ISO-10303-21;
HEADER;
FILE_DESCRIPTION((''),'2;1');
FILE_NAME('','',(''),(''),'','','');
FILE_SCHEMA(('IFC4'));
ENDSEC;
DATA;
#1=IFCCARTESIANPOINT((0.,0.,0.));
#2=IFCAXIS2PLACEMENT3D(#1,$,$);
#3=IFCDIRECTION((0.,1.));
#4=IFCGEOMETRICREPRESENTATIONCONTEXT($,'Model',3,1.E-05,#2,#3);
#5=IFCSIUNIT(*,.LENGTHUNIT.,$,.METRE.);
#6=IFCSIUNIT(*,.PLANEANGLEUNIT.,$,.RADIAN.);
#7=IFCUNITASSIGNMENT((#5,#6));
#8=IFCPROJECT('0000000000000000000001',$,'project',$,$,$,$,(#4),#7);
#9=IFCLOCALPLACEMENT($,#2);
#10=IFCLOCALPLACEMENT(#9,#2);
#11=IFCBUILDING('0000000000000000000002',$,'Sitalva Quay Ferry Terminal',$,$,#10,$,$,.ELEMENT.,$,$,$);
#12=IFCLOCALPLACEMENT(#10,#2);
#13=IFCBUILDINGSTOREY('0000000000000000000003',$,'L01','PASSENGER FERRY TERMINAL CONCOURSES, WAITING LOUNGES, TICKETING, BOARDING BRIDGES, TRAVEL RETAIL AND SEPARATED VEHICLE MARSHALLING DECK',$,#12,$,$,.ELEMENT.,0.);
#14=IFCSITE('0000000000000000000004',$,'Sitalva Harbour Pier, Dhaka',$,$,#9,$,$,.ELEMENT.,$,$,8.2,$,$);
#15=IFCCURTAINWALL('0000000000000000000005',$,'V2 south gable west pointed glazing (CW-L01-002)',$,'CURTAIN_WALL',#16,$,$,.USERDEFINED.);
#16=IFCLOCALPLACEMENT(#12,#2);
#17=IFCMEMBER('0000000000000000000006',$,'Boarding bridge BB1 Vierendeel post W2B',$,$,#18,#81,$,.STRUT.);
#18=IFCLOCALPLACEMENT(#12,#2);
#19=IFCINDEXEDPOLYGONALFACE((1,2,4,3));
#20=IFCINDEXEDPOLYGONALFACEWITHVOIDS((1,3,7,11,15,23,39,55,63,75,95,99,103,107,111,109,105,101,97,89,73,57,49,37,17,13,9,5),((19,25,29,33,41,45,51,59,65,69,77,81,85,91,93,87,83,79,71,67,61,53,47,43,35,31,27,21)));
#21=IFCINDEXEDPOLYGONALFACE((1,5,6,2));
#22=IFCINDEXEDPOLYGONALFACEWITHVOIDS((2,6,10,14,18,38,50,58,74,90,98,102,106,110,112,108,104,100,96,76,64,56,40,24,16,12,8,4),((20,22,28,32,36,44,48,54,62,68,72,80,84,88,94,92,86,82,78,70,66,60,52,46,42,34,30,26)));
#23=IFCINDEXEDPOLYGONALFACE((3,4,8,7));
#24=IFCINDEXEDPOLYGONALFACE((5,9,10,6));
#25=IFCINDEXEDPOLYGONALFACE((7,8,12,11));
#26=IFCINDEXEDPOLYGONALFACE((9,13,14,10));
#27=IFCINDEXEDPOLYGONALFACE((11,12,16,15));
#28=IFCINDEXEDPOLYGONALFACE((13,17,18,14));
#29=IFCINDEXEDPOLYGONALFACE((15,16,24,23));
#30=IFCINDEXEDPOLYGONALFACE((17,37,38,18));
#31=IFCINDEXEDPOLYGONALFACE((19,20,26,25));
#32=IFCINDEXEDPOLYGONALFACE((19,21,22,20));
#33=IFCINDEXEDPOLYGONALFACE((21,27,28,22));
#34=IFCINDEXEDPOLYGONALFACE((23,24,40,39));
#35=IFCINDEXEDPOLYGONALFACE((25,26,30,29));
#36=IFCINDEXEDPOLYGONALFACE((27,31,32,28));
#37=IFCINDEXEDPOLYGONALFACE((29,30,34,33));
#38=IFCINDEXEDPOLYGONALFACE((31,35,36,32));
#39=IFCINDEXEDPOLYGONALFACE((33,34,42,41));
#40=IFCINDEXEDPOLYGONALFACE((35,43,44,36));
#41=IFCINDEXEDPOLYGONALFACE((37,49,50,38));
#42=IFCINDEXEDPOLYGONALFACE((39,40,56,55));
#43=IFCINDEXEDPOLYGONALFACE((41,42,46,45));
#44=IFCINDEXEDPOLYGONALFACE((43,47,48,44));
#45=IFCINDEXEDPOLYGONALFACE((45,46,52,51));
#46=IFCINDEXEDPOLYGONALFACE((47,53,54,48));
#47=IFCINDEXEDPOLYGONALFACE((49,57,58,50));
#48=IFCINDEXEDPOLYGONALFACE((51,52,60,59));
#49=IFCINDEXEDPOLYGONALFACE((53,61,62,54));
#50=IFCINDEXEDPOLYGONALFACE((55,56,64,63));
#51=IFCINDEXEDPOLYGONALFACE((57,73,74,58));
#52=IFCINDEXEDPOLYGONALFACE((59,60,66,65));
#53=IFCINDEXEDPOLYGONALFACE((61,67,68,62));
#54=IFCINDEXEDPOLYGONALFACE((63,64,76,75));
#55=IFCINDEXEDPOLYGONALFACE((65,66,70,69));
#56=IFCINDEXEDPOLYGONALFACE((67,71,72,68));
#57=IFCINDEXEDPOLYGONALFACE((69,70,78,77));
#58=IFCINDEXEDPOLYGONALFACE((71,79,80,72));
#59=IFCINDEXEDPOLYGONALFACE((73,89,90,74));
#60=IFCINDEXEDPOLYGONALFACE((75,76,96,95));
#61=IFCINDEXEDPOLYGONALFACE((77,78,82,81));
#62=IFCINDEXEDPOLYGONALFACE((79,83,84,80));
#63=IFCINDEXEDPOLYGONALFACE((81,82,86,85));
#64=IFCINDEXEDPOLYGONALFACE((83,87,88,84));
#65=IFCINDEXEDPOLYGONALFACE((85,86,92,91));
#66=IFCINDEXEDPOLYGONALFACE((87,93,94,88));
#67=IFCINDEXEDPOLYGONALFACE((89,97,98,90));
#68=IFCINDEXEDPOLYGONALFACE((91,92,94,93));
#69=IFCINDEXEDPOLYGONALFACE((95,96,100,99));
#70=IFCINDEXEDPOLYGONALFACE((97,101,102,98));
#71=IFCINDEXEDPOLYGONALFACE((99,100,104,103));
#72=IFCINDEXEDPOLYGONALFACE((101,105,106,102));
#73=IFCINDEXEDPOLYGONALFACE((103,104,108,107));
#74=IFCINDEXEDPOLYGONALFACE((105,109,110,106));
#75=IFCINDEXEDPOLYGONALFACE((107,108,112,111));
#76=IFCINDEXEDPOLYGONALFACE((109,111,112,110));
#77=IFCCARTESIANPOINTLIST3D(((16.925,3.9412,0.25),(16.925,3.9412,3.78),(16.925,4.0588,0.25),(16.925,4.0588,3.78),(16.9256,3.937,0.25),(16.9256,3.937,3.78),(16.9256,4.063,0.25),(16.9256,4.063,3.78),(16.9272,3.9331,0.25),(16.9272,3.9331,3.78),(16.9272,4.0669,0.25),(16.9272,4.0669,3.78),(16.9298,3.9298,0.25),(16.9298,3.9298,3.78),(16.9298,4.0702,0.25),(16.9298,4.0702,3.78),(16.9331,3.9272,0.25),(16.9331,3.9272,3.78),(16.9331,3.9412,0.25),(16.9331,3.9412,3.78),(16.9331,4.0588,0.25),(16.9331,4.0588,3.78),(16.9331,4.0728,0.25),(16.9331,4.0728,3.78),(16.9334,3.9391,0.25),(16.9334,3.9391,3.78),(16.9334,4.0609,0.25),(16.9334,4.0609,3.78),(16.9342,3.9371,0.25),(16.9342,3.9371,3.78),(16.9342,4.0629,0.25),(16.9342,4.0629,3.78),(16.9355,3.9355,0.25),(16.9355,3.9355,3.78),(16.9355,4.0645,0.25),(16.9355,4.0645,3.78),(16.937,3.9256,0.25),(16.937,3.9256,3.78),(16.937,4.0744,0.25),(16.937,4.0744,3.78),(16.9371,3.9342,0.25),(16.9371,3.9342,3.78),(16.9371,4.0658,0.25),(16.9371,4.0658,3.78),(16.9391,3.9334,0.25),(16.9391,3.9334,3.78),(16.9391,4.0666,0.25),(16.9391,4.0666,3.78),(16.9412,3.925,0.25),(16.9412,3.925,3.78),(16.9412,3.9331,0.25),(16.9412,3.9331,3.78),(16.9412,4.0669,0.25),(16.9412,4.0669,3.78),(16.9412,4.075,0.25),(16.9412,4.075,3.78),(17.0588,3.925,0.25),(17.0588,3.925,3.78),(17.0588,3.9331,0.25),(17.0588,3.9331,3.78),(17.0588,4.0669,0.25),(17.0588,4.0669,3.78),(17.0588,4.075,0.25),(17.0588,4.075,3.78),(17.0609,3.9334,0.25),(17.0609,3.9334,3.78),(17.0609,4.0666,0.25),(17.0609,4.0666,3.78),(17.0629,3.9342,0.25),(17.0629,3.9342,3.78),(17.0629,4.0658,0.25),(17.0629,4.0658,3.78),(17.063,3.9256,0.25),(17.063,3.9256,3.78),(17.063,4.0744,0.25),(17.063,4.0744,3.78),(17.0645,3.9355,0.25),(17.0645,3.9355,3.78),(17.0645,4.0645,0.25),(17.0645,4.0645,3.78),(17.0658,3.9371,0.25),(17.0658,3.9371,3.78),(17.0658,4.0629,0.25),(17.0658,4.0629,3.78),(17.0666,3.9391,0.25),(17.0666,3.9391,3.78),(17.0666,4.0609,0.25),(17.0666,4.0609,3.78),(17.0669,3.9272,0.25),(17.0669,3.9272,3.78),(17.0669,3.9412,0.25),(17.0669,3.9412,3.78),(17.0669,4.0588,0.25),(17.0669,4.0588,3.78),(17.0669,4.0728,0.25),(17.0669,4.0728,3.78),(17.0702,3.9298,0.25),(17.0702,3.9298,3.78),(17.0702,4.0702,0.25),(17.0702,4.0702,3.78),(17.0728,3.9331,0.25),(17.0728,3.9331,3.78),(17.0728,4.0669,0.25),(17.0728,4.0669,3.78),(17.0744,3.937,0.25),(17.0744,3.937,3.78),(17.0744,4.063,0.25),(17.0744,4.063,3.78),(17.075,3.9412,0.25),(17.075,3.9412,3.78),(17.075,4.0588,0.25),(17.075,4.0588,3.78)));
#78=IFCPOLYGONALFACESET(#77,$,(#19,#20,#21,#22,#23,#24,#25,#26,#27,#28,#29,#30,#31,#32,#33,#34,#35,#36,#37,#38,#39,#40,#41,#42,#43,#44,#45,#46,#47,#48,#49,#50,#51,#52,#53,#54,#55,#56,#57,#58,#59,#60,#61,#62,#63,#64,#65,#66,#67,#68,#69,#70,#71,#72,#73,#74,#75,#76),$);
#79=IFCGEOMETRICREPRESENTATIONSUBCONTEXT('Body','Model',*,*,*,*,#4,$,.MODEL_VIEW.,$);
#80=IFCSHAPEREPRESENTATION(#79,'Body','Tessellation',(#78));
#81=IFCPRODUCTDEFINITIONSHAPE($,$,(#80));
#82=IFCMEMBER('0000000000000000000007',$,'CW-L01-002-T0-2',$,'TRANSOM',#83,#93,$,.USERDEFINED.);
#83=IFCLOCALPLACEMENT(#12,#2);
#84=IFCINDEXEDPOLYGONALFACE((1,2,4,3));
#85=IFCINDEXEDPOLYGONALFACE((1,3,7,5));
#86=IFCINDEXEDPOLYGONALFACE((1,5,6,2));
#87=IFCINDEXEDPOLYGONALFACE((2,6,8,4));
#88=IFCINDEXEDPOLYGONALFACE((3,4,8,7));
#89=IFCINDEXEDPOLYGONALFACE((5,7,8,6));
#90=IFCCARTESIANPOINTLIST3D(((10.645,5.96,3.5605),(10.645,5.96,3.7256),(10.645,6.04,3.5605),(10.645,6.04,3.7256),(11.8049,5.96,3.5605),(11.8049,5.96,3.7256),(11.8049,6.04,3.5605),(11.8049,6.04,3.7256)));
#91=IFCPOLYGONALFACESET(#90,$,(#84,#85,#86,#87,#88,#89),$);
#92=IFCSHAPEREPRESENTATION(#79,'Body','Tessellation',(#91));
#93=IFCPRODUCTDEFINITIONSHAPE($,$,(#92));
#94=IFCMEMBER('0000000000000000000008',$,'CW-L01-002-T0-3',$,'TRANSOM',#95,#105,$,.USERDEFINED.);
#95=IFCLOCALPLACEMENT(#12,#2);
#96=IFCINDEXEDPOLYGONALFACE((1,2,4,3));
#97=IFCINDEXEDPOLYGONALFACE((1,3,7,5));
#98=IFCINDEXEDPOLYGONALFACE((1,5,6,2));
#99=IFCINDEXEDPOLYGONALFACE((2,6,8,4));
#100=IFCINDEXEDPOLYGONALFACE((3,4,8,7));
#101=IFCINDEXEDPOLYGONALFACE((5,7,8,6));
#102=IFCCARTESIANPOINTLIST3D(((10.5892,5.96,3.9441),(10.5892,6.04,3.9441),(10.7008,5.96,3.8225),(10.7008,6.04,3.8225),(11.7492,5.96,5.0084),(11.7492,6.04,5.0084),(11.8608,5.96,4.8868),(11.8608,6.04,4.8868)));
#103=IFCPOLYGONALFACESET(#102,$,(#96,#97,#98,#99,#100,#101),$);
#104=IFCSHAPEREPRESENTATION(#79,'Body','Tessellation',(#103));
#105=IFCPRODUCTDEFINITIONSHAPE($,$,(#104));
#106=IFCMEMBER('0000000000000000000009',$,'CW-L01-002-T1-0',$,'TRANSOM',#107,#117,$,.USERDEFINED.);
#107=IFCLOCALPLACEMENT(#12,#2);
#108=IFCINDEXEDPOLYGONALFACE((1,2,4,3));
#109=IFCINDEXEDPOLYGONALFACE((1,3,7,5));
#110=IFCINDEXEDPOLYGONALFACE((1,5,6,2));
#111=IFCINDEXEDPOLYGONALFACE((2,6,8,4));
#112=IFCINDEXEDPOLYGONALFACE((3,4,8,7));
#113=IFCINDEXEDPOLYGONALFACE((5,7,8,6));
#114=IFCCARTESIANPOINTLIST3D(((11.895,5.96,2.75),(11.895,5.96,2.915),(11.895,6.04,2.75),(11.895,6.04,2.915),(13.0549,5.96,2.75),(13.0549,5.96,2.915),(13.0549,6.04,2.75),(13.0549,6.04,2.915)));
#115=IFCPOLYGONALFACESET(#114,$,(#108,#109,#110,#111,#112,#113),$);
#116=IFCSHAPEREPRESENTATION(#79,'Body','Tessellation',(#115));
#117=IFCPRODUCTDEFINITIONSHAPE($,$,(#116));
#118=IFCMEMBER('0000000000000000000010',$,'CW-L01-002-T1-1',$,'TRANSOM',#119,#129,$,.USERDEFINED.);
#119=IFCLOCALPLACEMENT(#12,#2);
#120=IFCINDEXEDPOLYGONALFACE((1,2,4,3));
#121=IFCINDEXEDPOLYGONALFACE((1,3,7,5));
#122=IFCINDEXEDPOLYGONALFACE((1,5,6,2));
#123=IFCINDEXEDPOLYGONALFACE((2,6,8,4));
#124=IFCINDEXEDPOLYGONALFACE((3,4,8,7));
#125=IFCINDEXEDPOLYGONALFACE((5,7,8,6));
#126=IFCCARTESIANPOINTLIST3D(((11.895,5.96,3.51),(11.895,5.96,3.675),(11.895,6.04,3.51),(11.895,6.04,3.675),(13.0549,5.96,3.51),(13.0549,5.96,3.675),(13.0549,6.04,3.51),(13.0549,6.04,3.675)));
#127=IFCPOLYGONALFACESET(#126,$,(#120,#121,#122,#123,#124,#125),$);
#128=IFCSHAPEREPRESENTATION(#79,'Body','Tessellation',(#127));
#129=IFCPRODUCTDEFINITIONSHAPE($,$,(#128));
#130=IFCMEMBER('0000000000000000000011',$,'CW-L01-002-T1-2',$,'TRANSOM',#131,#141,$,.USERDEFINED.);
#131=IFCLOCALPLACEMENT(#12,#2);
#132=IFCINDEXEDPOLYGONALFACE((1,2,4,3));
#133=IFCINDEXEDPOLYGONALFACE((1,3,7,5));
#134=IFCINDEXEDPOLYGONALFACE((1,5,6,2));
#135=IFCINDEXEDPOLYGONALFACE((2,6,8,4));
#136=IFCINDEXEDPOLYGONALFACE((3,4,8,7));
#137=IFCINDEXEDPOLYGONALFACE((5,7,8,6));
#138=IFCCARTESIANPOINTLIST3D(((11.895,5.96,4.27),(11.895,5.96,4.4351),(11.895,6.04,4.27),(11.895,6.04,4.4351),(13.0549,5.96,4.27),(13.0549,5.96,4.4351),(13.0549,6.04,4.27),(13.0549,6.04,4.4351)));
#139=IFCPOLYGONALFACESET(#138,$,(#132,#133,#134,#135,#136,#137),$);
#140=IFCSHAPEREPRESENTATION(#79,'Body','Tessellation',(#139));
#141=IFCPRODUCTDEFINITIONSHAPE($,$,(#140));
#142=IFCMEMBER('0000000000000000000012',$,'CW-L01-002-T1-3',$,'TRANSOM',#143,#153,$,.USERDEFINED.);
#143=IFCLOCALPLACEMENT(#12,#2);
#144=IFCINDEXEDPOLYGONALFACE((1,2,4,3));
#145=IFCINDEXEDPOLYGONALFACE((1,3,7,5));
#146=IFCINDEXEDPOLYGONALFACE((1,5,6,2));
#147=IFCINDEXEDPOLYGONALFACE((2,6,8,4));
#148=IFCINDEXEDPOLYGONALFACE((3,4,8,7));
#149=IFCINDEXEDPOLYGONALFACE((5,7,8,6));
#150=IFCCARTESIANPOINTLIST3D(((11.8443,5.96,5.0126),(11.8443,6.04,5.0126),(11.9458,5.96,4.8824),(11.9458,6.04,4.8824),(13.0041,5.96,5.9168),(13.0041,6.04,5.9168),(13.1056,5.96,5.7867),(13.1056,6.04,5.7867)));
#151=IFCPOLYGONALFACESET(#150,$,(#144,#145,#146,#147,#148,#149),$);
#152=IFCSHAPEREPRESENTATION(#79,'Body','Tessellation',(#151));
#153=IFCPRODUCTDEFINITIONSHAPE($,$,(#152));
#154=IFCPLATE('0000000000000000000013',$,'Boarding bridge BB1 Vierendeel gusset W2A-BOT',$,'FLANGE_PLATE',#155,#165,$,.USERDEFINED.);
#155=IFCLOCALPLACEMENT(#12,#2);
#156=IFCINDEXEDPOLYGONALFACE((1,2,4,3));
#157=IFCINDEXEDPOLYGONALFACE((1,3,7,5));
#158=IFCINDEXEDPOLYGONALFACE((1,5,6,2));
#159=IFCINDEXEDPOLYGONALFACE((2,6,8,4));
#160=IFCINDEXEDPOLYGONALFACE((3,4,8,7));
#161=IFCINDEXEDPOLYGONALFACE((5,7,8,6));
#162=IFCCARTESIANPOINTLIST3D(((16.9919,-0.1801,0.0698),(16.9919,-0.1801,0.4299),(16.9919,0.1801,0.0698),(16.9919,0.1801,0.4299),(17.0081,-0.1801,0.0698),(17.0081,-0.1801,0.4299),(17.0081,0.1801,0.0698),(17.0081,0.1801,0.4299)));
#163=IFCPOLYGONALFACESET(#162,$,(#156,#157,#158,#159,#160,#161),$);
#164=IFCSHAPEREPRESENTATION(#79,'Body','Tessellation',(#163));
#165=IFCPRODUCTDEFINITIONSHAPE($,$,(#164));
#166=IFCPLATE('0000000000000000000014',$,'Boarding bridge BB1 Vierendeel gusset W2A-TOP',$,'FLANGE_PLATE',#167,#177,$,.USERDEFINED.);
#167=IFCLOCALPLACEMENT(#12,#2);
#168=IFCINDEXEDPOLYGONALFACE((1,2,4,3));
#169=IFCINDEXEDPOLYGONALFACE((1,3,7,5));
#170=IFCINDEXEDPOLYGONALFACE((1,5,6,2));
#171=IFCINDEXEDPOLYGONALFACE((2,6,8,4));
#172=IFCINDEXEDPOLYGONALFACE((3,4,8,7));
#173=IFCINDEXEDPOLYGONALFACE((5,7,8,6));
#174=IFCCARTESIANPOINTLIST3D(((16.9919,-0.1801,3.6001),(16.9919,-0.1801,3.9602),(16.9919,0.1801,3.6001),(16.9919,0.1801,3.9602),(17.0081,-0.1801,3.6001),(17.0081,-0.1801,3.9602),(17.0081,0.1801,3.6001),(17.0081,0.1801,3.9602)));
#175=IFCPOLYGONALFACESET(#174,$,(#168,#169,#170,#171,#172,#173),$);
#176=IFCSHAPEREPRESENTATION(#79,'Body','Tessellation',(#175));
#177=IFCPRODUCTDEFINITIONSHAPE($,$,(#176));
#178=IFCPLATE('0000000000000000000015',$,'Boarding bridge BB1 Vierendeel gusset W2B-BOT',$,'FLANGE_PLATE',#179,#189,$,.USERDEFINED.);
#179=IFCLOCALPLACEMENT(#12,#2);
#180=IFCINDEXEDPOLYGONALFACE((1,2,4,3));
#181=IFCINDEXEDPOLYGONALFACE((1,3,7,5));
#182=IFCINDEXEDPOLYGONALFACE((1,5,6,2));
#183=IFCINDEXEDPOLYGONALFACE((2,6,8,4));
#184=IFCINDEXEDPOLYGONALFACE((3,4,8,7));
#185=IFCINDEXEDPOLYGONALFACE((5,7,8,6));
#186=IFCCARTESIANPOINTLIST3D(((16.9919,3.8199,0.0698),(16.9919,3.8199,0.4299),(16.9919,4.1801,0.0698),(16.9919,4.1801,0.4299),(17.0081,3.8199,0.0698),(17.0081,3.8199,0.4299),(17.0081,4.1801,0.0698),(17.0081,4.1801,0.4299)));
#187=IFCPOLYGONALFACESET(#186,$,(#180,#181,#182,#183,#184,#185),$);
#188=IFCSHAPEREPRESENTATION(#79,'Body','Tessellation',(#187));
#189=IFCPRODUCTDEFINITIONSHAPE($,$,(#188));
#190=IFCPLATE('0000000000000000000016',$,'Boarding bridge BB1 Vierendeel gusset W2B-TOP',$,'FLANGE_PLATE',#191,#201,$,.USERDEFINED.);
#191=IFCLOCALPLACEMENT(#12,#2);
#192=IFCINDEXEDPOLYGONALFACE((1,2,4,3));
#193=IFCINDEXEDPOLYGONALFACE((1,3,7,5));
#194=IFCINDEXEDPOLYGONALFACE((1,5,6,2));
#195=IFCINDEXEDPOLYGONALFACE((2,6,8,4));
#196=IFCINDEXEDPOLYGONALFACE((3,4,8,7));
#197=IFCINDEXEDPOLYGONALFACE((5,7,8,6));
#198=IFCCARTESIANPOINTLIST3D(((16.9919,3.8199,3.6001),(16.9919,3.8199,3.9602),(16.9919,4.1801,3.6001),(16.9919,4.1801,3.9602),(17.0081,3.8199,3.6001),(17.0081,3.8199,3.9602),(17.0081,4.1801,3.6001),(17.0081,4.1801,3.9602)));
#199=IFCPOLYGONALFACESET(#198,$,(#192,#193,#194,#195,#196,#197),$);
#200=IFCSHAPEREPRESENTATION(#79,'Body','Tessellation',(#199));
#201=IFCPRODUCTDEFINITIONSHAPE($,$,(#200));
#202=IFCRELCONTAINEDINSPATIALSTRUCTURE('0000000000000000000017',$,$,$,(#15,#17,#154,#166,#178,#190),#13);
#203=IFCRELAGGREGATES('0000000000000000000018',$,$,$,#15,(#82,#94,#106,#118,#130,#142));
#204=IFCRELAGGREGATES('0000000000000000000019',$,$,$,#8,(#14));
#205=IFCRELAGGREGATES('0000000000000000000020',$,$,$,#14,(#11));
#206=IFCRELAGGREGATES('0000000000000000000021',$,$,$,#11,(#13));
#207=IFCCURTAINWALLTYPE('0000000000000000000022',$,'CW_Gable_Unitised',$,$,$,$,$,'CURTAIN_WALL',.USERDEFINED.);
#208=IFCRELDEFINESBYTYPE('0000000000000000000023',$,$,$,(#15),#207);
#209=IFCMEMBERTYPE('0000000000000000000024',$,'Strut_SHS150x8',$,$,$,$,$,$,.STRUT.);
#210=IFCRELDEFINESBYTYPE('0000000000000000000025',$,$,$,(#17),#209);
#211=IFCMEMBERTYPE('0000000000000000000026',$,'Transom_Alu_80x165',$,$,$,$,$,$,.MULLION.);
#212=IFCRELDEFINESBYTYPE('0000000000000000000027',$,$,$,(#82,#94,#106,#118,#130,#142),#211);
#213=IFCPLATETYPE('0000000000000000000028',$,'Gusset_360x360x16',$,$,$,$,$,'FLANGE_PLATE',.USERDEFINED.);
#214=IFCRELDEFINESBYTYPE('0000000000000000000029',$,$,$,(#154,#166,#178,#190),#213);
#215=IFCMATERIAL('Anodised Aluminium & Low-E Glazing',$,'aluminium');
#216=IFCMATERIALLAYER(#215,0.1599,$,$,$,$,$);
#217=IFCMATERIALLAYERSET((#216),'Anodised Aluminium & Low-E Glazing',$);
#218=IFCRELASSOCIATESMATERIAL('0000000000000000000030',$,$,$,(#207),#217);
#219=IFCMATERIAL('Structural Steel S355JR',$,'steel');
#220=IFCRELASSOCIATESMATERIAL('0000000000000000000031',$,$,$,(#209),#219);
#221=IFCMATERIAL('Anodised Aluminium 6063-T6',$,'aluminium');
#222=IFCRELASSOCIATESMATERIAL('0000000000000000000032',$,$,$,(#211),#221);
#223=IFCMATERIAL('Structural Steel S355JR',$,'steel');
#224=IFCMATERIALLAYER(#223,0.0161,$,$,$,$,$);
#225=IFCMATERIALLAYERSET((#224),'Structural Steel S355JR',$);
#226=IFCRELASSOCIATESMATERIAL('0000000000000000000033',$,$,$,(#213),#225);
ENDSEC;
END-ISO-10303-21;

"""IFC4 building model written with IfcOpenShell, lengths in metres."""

from ifc_helpers import new_model, si_unit, direction, frame, origin, origin_2d, place, context, subcontext, project, spatial, rectangle, hollow_rectangle, extrude, material, layer, layer_set, material_profile, profile_set, type_object, element, aggregate, save


model = new_model("IFC4")

# Units and contexts
model_context = context("Model", 3, precision=1e-05, world=origin(), true_north=direction((0.0, 1.0)))
body_context = subcontext(model_context, "Body", "Model", "MODEL_VIEW")
ifc_project = project(units=[si_unit("LENGTHUNIT", "METRE"), si_unit("PLANEANGLEUNIT", "RADIAN")], contexts=[model_context])

# Site, building, storey
site_placement = place(None, origin())
site = spatial("IfcSite", under=ifc_project, at=site_placement, Name="Sitalva Harbour Pier, Dhaka", CompositionType="ELEMENT", RefElevation=8.2)
building_placement = place(site_placement, origin())
building = spatial("IfcBuilding", under=site, at=building_placement, Name="Sitalva Quay Ferry Terminal", CompositionType="ELEMENT")
storey_placement = place(building_placement, origin())
storey = spatial("IfcBuildingStorey", under=building, at=storey_placement, Name="L01", Description="PASSENGER FERRY TERMINAL CONCOURSES, WAITING LOUNGES, TICKETING, BOARDING BRIDGES, TRAVEL RETAIL AND SEPARATED VEHICLE MARSHALLING DECK", CompositionType="ELEMENT", Elevation=0.0)

# Curtain wall
ifc_material_1 = material(Name="Anodised Aluminium & Low-E Glazing", Category="aluminium")
ifc_layer_1 = layer(ifc_material_1, 0.1599)
ifc_layer_set_1 = layer_set([ifc_layer_1], Name="Anodised Aluminium & Low-E Glazing")
curtain_wall_type = type_object("IfcCurtainWallType", Name="CW_Gable_Unitised", ElementType="CURTAIN_WALL", PredefinedType="USERDEFINED", material=ifc_layer_set_1)
curtain_wall_placement = place(storey_placement, origin())
curtain_wall = element("IfcCurtainWall", 1, at=curtain_wall_placement, inside=storey, type_object=curtain_wall_type, Name="V2 south gable west pointed glazing (CW-L01-002)", ObjectType="CURTAIN_WALL", PredefinedType="USERDEFINED")

# Member
ifc_material_2 = material(Name="Structural Steel S355JR", Category="steel")
ifc_material_profile_1 = material_profile(ifc_material_2, hollow_rectangle(XDim=0.1499, YDim=0.1499, WallThickness=0.0081, InnerFilletRadius=0.0081, OuterFilletRadius=0.0161, at=origin_2d()), Name="SHS150x150x8")
ifc_profile_set_1 = profile_set([ifc_material_profile_1], Name="Structural Steel S355JR")
member_type_1 = type_object("IfcMemberType", Name="Strut_SHS150x8", PredefinedType="STRUT", material=ifc_profile_set_1)
for number, where, z_axis, x_axis, name in (
    (2, (17.0, 4.0, 0.25), (0.0, 0.0, 1.0), (1.0, 0.0, 0.0), "Boarding bridge BB1 Vierendeel post W2B"),
):
    element("IfcMember", number, at=place(storey_placement, frame(where, z_axis=z_axis, x_axis=x_axis)), inside=storey, type_object=member_type_1, Name=name, PredefinedType="STRUT", context=body_context, shape_type="SweptSolid", body=[
        extrude(hollow_rectangle(XDim=0.1499, YDim=0.1499, WallThickness=0.0081, InnerFilletRadius=0.0081, OuterFilletRadius=0.0161, at=origin_2d()), origin(), (0.0, 0.0, 1.0), 3.53),
    ])

# Members
ifc_material_3 = material(Name="Anodised Aluminium 6063-T6", Category="aluminium")
ifc_material_profile_2 = material_profile(ifc_material_3, rectangle(XDim=0.0801, YDim=0.165, at=origin_2d()), Name="ALU80x165")
ifc_profile_set_2 = profile_set([ifc_material_profile_2], Name="Anodised Aluminium 6063-T6")
member_type_2 = type_object("IfcMemberType", Name="Transom_Alu_80x165", PredefinedType="MULLION", material=ifc_profile_set_2)
member_1_placement = place(storey_placement, frame((10.645, 6.0, 3.6431), z_axis=(1.0, 0.0, 0.0), x_axis=(0.0, 1.0, 0.0)))
member_1 = element("IfcMember", 3, at=member_1_placement, type_object=member_type_2, Name="CW-L01-002-T0-2", ObjectType="TRANSOM", PredefinedType="USERDEFINED", context=body_context, shape_type="SweptSolid", body=[
    extrude(rectangle(XDim=0.0801, YDim=0.165, at=origin_2d()), origin(), (0.0, 0.0, 1.0), 1.1599),
])
member_2_placement = place(storey_placement, frame((10.645, 6.0, 3.8833), z_axis=(0.736851, 0.0, 0.676055), x_axis=(0.0, 1.0, 0.0)))
member_2 = element("IfcMember", 4, at=member_2_placement, type_object=member_type_2, Name="CW-L01-002-T0-3", ObjectType="TRANSOM", PredefinedType="USERDEFINED", context=body_context, shape_type="SweptSolid", body=[
    extrude(rectangle(XDim=0.0801, YDim=0.165, at=origin_2d()), origin(), (0.0, 0.0, 1.0), 1.5742),
])
member_3_placement = place(storey_placement, frame((11.895, 6.0, 2.8325), z_axis=(1.0, 0.0, 0.0), x_axis=(0.0, 1.0, 0.0)))
member_3 = element("IfcMember", 5, at=member_3_placement, type_object=member_type_2, Name="CW-L01-002-T1-0", ObjectType="TRANSOM", PredefinedType="USERDEFINED", context=body_context, shape_type="SweptSolid", body=[
    extrude(rectangle(XDim=0.0801, YDim=0.165, at=origin_2d()), origin(), (0.0, 0.0, 1.0), 1.1599),
])
member_4_placement = place(storey_placement, frame((11.895, 6.0, 3.5925), z_axis=(1.0, 0.0, 0.0), x_axis=(0.0, 1.0, 0.0)))
member_4 = element("IfcMember", 6, at=member_4_placement, type_object=member_type_2, Name="CW-L01-002-T1-1", ObjectType="TRANSOM", PredefinedType="USERDEFINED", context=body_context, shape_type="SweptSolid", body=[
    extrude(rectangle(XDim=0.0801, YDim=0.165, at=origin_2d()), origin(), (0.0, 0.0, 1.0), 1.1599),
])
member_5_placement = place(storey_placement, frame((11.895, 6.0, 4.3525), z_axis=(1.0, 0.0, 0.0), x_axis=(0.0, 1.0, 0.0)))
member_5 = element("IfcMember", 7, at=member_5_placement, type_object=member_type_2, Name="CW-L01-002-T1-2", ObjectType="TRANSOM", PredefinedType="USERDEFINED", context=body_context, shape_type="SweptSolid", body=[
    extrude(rectangle(XDim=0.0801, YDim=0.165, at=origin_2d()), origin(), (0.0, 0.0, 1.0), 1.1599),
])
member_6_placement = place(storey_placement, frame((11.895, 6.0, 4.9475), z_axis=(0.788646, 0.0, 0.614848), x_axis=(0.0, 1.0, 0.0)))
member_6 = element("IfcMember", 8, at=member_6_placement, type_object=member_type_2, Name="CW-L01-002-T1-3", ObjectType="TRANSOM", PredefinedType="USERDEFINED", context=body_context, shape_type="SweptSolid", body=[
    extrude(rectangle(XDim=0.0801, YDim=0.165, at=origin_2d()), origin(), (0.0, 0.0, 1.0), 1.4707),
])

# Plates
ifc_material_4 = material(Name="Structural Steel S355JR", Category="steel")
ifc_layer_2 = layer(ifc_material_4, 0.0161)
ifc_layer_set_2 = layer_set([ifc_layer_2], Name="Structural Steel S355JR")
plate_type_1 = type_object("IfcPlateType", Name="Gusset_360x360x16", ElementType="FLANGE_PLATE", PredefinedType="USERDEFINED", material=ifc_layer_set_2)
for number, where, z_axis, x_axis, name in (
    (9, (17.0, 0.0, 0.0698), (0.0, 0.0, 1.0), (1.0, 0.0, 0.0), "Boarding bridge BB1 Vierendeel gusset W2A-BOT"),
    (10, (17.0, 0.0, 3.6001), (0.0, 0.0, 1.0), (1.0, 0.0, 0.0), "Boarding bridge BB1 Vierendeel gusset W2A-TOP"),
    (11, (17.0, 4.0, 0.0698), (0.0, 0.0, 1.0), (1.0, 0.0, 0.0), "Boarding bridge BB1 Vierendeel gusset W2B-BOT"),
    (12, (17.0, 4.0, 3.6001), (0.0, 0.0, 1.0), (1.0, 0.0, 0.0), "Boarding bridge BB1 Vierendeel gusset W2B-TOP"),
):
    element("IfcPlate", number, at=place(storey_placement, frame(where, z_axis=z_axis, x_axis=x_axis)), inside=storey, type_object=plate_type_1, Name=name, ObjectType="FLANGE_PLATE", PredefinedType="USERDEFINED", context=body_context, shape_type="SweptSolid", body=[
        extrude(rectangle(XDim=0.0161, YDim=0.3601, at=origin_2d()), origin(), (0.0, 0.0, 1.0), 0.3601),
    ])

aggregate(curtain_wall, [member_1, member_2, member_3, member_4, member_5, member_6])

save(model, "model.ifc")
